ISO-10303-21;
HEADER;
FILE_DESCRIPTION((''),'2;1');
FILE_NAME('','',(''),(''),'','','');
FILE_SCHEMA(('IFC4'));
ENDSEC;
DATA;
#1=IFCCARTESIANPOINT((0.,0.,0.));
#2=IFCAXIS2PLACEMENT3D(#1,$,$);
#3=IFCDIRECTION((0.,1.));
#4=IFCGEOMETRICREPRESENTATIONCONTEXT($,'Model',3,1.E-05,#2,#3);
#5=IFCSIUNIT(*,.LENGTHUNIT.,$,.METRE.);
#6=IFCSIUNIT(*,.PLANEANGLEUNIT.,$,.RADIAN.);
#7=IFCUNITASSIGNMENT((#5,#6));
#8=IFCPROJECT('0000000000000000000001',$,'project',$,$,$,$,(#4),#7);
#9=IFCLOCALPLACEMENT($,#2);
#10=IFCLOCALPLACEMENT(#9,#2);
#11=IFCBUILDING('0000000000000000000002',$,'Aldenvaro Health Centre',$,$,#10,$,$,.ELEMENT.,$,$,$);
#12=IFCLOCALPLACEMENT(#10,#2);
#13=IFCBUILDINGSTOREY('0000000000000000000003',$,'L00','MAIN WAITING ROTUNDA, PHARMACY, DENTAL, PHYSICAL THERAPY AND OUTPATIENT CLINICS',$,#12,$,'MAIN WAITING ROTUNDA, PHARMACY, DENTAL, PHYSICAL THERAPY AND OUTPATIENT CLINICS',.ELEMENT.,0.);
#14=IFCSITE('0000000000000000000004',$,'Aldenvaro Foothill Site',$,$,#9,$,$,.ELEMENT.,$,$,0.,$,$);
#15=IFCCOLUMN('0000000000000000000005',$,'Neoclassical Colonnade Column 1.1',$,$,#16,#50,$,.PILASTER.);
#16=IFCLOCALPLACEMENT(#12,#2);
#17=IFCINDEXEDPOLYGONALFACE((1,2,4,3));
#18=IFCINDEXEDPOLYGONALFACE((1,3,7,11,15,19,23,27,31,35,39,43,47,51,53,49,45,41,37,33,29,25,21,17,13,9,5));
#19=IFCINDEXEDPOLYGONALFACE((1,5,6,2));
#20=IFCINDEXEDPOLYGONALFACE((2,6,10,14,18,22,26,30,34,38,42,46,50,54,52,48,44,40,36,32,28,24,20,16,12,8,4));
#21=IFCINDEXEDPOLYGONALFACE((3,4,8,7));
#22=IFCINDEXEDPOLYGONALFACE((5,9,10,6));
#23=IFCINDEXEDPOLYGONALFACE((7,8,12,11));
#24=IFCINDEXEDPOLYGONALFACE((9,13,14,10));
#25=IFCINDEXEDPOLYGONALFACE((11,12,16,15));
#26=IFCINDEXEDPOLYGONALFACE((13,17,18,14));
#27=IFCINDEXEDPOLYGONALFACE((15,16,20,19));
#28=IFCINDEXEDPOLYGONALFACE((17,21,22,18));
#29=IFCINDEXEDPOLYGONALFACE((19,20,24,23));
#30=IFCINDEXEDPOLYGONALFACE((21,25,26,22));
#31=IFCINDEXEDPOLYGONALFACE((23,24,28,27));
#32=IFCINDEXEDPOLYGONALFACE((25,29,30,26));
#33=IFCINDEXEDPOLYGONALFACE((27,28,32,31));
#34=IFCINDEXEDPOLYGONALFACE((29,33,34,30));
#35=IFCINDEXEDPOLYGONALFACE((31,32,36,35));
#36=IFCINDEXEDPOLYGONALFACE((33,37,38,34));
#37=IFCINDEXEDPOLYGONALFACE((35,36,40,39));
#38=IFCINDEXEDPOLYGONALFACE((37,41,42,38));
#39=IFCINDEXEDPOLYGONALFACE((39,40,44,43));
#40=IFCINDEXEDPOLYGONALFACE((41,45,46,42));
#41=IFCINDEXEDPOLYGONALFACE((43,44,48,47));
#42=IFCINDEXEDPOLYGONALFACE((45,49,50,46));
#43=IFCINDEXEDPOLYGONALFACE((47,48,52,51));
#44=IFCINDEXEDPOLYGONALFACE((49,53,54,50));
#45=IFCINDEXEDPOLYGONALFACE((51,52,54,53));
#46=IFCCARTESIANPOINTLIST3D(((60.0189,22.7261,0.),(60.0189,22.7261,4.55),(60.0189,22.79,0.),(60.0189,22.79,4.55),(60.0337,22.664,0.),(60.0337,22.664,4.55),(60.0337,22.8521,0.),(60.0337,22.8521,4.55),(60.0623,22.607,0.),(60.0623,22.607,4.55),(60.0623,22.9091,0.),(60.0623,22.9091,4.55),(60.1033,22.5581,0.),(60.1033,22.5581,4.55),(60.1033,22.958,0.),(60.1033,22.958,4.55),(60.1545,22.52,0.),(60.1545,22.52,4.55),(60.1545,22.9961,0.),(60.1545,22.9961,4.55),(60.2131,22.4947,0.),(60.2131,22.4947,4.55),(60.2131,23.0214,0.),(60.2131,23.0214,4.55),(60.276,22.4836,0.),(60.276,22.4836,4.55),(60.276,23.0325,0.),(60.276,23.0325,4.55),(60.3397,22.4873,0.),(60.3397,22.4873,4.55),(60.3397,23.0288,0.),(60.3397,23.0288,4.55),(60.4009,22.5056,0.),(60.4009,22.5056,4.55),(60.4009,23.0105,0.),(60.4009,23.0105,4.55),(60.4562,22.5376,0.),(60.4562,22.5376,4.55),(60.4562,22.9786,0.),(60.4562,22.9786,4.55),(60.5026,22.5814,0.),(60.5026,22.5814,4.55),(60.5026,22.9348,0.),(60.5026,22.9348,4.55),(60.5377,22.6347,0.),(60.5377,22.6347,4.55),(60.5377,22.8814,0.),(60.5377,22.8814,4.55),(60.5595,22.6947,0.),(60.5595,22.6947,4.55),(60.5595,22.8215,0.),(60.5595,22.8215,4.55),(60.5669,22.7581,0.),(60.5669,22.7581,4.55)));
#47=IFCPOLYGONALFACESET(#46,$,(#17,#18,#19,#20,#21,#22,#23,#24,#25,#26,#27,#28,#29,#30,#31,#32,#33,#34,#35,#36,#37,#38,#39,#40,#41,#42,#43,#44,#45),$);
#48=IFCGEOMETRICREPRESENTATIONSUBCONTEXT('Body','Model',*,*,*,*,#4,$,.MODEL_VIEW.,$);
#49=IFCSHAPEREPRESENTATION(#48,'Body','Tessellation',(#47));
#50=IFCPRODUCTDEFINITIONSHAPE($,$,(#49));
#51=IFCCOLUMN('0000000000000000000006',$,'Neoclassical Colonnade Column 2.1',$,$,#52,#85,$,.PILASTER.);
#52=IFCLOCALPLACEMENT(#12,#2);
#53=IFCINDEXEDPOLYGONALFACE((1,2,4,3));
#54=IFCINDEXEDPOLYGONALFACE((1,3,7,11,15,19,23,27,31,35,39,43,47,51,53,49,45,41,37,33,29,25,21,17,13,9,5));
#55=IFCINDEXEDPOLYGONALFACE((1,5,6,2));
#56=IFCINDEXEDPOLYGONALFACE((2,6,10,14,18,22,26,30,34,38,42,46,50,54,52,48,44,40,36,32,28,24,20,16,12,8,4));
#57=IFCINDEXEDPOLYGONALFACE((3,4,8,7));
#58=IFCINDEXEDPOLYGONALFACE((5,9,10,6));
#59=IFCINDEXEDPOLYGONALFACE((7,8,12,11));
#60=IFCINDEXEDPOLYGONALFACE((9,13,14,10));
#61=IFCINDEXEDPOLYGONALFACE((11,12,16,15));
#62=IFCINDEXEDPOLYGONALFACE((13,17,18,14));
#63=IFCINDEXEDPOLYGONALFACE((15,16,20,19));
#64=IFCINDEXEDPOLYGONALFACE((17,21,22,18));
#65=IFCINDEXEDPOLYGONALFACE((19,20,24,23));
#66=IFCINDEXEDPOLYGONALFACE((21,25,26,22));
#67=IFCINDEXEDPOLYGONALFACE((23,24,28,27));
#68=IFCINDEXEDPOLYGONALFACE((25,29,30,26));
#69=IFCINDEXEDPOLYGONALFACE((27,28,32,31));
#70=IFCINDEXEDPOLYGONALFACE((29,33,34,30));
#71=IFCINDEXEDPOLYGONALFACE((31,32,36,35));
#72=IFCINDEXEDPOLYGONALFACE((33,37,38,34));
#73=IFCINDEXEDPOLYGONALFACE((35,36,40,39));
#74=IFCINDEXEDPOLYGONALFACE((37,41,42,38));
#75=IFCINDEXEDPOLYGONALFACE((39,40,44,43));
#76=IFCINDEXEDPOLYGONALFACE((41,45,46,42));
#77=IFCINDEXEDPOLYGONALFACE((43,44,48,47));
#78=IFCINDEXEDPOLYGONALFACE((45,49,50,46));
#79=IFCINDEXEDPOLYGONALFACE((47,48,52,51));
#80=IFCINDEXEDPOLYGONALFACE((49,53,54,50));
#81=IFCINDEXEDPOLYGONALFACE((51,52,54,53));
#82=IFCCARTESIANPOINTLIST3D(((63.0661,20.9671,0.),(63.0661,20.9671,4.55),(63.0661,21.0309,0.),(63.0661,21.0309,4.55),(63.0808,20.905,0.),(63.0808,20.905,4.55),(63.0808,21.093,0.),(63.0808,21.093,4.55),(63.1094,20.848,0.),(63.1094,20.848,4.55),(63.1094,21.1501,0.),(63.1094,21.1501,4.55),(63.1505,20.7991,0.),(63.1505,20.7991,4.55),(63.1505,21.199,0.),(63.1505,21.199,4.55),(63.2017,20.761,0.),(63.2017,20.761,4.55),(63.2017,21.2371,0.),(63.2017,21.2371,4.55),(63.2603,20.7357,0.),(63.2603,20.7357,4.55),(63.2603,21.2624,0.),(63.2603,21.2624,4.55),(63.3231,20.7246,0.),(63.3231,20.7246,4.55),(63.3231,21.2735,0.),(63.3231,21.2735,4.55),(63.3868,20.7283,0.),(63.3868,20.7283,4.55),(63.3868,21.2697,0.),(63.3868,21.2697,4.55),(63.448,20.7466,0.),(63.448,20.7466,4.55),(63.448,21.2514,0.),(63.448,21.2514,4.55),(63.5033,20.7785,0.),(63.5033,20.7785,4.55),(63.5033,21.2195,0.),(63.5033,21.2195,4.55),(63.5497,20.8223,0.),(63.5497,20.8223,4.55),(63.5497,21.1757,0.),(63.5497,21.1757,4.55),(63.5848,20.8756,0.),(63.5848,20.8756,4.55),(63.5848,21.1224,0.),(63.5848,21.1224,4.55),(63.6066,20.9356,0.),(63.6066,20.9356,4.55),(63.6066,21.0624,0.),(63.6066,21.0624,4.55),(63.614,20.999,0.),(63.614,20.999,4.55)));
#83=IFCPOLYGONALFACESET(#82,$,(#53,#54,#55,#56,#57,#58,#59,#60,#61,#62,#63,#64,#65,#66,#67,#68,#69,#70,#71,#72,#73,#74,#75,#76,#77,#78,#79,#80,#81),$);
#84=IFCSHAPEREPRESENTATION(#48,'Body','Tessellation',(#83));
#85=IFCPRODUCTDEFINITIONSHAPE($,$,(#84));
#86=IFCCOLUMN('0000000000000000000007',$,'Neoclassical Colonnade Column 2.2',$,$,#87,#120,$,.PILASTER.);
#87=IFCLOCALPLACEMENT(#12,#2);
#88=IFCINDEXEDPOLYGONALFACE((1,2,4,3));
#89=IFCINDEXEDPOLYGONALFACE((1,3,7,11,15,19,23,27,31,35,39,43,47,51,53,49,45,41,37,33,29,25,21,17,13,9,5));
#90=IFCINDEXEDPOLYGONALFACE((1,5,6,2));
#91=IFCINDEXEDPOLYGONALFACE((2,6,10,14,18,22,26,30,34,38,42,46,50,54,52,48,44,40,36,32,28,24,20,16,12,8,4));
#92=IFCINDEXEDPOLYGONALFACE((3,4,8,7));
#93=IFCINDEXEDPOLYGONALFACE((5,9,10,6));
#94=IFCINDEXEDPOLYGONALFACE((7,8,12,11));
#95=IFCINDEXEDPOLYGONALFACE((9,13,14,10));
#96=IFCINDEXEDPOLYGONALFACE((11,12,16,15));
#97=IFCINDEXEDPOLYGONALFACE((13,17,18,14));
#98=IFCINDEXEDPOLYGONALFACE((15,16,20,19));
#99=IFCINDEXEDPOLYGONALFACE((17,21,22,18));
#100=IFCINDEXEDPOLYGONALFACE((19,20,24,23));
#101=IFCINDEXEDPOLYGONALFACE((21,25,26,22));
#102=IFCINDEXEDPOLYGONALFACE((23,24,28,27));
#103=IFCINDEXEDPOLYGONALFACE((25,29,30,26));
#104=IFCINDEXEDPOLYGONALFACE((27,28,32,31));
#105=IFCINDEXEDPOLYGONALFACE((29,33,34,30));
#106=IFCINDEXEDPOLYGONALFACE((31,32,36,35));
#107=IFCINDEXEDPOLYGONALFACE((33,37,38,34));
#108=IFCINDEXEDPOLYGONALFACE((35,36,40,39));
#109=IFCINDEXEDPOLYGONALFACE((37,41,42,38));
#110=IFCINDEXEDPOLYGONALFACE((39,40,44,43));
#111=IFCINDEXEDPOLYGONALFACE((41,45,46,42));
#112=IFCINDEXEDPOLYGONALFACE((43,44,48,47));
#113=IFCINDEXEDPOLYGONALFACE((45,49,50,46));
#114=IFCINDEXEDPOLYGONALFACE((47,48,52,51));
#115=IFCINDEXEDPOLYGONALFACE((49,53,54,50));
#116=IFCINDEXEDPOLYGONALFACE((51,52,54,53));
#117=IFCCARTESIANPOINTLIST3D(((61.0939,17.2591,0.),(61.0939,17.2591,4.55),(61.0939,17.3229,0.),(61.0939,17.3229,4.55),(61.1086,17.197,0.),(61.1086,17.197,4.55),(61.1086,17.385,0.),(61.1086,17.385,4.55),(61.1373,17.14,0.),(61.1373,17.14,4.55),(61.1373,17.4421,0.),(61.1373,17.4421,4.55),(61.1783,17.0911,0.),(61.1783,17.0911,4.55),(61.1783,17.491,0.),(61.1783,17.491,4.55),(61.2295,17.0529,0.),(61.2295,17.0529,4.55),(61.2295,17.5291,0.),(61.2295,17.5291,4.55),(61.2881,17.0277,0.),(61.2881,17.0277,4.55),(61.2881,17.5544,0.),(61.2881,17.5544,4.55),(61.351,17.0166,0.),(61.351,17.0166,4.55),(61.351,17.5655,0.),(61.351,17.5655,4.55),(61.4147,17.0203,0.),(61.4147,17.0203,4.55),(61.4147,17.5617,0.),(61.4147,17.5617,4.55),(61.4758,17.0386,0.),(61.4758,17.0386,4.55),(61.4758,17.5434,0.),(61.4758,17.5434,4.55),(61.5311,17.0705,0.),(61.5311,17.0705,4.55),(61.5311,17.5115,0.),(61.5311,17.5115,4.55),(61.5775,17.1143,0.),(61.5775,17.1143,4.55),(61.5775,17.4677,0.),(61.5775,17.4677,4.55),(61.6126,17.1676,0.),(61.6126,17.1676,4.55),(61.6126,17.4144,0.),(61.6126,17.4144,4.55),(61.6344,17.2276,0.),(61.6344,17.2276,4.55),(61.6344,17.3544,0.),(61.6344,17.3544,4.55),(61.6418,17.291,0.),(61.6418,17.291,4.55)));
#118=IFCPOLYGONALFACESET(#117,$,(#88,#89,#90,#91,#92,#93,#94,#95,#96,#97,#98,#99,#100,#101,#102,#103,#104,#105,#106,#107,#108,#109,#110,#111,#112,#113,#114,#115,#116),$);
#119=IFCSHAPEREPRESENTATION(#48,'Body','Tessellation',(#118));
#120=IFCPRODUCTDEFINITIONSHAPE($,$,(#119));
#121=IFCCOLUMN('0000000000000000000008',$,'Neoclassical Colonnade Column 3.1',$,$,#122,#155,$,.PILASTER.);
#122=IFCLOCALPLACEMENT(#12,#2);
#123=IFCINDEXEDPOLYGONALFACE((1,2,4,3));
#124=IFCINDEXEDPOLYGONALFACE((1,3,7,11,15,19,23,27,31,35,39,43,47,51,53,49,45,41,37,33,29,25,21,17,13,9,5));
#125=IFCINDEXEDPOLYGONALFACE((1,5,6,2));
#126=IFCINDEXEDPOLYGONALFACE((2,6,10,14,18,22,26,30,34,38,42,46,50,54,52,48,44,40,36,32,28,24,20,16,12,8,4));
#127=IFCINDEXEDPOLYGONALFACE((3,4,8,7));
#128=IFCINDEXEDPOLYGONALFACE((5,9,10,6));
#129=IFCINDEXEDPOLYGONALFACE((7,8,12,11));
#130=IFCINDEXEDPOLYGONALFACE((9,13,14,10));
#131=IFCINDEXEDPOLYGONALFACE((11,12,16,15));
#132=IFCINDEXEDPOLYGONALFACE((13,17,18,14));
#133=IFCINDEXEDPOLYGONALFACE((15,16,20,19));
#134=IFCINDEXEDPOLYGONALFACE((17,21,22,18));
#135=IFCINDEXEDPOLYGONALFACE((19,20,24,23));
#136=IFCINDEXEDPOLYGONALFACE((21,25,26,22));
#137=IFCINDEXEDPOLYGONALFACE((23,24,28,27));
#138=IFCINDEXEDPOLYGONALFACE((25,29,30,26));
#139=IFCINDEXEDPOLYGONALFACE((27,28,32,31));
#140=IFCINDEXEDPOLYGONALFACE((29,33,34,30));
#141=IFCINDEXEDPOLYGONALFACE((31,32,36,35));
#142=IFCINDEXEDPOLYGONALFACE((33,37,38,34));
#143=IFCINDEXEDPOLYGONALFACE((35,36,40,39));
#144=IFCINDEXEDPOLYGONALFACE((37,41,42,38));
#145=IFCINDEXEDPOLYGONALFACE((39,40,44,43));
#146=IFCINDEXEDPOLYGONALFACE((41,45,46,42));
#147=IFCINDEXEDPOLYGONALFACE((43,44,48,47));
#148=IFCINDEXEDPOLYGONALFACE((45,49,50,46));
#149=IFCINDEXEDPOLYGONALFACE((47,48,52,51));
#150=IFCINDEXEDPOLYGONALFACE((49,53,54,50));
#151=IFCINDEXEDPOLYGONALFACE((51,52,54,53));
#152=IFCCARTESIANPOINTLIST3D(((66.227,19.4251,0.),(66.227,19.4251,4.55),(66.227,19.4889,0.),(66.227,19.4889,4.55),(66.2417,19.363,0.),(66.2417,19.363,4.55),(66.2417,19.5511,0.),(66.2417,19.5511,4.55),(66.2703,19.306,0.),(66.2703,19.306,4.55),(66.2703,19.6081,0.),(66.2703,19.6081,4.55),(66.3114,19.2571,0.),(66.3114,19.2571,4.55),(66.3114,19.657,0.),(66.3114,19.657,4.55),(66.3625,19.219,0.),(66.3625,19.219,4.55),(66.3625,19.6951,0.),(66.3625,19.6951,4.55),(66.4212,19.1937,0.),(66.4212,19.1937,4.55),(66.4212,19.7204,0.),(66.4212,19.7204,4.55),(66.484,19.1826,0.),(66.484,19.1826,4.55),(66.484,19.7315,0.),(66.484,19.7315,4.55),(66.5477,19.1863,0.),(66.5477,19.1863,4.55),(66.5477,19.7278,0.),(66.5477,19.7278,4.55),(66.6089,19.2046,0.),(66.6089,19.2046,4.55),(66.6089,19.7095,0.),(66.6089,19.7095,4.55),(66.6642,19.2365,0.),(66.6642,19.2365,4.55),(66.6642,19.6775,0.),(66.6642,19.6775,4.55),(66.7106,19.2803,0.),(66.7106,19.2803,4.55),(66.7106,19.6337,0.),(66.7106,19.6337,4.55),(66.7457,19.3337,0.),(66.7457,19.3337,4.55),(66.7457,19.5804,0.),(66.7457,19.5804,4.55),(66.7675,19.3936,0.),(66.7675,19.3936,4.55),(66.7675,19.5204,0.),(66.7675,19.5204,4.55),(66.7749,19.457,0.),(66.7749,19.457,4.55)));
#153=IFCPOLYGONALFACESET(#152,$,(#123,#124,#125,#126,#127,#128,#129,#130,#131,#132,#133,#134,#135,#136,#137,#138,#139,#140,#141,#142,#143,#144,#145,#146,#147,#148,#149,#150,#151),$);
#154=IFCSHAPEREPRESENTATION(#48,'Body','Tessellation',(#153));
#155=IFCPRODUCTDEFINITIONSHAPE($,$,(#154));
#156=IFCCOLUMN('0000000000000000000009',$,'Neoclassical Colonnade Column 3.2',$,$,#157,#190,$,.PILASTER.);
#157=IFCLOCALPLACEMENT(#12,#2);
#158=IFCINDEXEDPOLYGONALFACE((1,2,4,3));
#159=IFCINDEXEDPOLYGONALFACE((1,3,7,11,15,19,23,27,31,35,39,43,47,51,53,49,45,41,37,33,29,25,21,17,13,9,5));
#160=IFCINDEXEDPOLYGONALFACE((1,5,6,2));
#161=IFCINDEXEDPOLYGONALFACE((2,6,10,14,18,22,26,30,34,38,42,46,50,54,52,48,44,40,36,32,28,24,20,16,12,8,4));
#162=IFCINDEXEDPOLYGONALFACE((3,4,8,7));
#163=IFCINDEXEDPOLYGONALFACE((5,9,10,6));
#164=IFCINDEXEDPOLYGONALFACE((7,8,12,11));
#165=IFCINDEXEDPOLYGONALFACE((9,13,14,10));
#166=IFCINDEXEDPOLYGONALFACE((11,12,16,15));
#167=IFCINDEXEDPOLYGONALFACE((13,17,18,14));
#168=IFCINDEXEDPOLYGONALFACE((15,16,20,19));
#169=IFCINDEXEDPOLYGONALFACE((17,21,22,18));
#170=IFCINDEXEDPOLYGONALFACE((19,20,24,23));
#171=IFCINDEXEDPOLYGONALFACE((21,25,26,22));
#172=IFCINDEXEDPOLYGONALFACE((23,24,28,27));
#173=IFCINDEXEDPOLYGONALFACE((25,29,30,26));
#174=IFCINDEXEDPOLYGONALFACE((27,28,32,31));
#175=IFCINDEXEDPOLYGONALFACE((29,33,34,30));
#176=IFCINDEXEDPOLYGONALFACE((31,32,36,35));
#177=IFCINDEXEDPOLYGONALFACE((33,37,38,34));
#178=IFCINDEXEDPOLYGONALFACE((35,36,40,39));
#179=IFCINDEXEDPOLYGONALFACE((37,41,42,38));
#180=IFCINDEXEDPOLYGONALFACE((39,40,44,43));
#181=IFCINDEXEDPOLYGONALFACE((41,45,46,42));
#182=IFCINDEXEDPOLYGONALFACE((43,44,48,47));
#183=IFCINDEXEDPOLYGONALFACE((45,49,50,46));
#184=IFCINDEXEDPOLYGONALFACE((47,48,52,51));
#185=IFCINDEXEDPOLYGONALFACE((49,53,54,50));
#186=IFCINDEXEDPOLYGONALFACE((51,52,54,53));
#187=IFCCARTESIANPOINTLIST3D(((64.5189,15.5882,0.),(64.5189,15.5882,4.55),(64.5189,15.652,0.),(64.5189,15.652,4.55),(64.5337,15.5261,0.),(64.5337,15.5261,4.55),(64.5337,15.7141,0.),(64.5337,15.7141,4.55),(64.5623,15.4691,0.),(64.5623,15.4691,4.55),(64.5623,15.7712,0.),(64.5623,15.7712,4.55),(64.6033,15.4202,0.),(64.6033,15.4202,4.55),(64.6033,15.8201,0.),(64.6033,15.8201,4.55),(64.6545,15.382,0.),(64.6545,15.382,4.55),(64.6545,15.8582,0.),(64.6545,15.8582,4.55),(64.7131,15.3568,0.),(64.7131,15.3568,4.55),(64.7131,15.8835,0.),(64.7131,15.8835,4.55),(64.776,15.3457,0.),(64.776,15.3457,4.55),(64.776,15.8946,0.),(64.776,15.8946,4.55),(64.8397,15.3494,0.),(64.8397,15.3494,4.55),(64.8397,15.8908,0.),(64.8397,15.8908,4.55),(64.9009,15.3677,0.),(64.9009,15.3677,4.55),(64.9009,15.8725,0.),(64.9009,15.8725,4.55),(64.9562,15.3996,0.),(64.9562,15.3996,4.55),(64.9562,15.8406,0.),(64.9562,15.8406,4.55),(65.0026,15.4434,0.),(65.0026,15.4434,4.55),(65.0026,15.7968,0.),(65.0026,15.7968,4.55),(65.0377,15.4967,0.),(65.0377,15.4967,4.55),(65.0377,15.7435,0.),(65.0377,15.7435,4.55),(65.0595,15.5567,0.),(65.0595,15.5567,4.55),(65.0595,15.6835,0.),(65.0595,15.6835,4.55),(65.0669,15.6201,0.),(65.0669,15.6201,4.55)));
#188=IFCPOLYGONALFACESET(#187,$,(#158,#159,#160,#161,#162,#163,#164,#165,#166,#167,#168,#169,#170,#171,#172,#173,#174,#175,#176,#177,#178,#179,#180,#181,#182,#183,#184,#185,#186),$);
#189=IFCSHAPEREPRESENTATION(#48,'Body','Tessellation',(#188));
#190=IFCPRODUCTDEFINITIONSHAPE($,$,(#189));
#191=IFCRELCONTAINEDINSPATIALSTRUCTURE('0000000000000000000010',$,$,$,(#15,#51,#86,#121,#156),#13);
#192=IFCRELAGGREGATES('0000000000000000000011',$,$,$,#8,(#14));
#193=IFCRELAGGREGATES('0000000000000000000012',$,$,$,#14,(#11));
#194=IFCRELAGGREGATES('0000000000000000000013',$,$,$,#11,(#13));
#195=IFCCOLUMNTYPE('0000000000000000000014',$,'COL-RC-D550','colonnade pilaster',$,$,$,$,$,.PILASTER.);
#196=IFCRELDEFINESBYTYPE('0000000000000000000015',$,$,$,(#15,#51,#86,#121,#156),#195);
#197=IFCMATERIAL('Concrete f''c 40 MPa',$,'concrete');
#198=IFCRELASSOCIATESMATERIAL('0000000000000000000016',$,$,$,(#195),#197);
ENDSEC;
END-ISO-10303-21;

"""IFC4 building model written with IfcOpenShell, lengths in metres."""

from ifc_helpers import new_model, si_unit, direction, frame, origin, origin_2d, place, context, subcontext, project, spatial, circle, extrude, material, material_profile, profile_set, type_object, element, save


model = new_model("IFC4")

# Units and contexts
model_context = context("Model", 3, precision=1e-05, world=origin(), true_north=direction((0.0, 1.0)))
body_context = subcontext(model_context, "Body", "Model", "MODEL_VIEW")
ifc_project = project(units=[si_unit("LENGTHUNIT", "METRE"), si_unit("PLANEANGLEUNIT", "RADIAN")], contexts=[model_context])

# Site, building, storey
site_placement = place(None, origin())
site = spatial("IfcSite", under=ifc_project, at=site_placement, Name="Aldenvaro Foothill Site", CompositionType="ELEMENT", RefElevation=0.0)
building_placement = place(site_placement, origin())
building = spatial("IfcBuilding", under=site, at=building_placement, Name="Aldenvaro Health Centre", CompositionType="ELEMENT")
storey_placement = place(building_placement, origin())
storey = spatial("IfcBuildingStorey", under=building, at=storey_placement, Name="L00", Description="MAIN WAITING ROTUNDA, PHARMACY, DENTAL, PHYSICAL THERAPY AND OUTPATIENT CLINICS", LongName="MAIN WAITING ROTUNDA, PHARMACY, DENTAL, PHYSICAL THERAPY AND OUTPATIENT CLINICS", CompositionType="ELEMENT", Elevation=0.0)

# Columns
ifc_material_1 = material(Name="Concrete f'c 40 MPa", Category="concrete")
ifc_material_profile_1 = material_profile(ifc_material_1, circle(Radius=0.2749, at=origin_2d()), Name="RC D550", Category="concrete")
ifc_profile_set_1 = profile_set([ifc_material_profile_1], Name="Concrete f'c 40 MPa")
column_type_1 = type_object("IfcColumnType", Name="COL-RC-D550", Description="colonnade pilaster", PredefinedType="PILASTER", material=ifc_profile_set_1)
for number, where, z_axis, x_axis, name in (
    (1, (60.292, 22.7581, 0.0), (0.0, 0.0, 1.0), (1.0, 0.0, 0.0), "Neoclassical Colonnade Column 1.1"),
    (2, (63.3391, 20.999, 0.0), (0.0, 0.0, 1.0), (1.0, 0.0, 0.0), "Neoclassical Colonnade Column 2.1"),
    (3, (61.3669, 17.291, 0.0), (0.0, 0.0, 1.0), (1.0, 0.0, 0.0), "Neoclassical Colonnade Column 2.2"),
    (4, (66.5, 19.457, 0.0), (0.0, 0.0, 1.0), (1.0, 0.0, 0.0), "Neoclassical Colonnade Column 3.1"),
    (5, (64.792, 15.6201, 0.0), (0.0, 0.0, 1.0), (1.0, 0.0, 0.0), "Neoclassical Colonnade Column 3.2"),
):
    element("IfcColumn", number, at=place(storey_placement, frame(where, z_axis=z_axis, x_axis=x_axis)), inside=storey, type_object=column_type_1, Name=name, PredefinedType="PILASTER", context=body_context, shape_type="SweptSolid", body=[
        extrude(circle(Radius=0.2749, at=origin_2d()), origin(), (0.0, 0.0, 1.0), 4.55),
    ])

save(model, "model.ifc")
